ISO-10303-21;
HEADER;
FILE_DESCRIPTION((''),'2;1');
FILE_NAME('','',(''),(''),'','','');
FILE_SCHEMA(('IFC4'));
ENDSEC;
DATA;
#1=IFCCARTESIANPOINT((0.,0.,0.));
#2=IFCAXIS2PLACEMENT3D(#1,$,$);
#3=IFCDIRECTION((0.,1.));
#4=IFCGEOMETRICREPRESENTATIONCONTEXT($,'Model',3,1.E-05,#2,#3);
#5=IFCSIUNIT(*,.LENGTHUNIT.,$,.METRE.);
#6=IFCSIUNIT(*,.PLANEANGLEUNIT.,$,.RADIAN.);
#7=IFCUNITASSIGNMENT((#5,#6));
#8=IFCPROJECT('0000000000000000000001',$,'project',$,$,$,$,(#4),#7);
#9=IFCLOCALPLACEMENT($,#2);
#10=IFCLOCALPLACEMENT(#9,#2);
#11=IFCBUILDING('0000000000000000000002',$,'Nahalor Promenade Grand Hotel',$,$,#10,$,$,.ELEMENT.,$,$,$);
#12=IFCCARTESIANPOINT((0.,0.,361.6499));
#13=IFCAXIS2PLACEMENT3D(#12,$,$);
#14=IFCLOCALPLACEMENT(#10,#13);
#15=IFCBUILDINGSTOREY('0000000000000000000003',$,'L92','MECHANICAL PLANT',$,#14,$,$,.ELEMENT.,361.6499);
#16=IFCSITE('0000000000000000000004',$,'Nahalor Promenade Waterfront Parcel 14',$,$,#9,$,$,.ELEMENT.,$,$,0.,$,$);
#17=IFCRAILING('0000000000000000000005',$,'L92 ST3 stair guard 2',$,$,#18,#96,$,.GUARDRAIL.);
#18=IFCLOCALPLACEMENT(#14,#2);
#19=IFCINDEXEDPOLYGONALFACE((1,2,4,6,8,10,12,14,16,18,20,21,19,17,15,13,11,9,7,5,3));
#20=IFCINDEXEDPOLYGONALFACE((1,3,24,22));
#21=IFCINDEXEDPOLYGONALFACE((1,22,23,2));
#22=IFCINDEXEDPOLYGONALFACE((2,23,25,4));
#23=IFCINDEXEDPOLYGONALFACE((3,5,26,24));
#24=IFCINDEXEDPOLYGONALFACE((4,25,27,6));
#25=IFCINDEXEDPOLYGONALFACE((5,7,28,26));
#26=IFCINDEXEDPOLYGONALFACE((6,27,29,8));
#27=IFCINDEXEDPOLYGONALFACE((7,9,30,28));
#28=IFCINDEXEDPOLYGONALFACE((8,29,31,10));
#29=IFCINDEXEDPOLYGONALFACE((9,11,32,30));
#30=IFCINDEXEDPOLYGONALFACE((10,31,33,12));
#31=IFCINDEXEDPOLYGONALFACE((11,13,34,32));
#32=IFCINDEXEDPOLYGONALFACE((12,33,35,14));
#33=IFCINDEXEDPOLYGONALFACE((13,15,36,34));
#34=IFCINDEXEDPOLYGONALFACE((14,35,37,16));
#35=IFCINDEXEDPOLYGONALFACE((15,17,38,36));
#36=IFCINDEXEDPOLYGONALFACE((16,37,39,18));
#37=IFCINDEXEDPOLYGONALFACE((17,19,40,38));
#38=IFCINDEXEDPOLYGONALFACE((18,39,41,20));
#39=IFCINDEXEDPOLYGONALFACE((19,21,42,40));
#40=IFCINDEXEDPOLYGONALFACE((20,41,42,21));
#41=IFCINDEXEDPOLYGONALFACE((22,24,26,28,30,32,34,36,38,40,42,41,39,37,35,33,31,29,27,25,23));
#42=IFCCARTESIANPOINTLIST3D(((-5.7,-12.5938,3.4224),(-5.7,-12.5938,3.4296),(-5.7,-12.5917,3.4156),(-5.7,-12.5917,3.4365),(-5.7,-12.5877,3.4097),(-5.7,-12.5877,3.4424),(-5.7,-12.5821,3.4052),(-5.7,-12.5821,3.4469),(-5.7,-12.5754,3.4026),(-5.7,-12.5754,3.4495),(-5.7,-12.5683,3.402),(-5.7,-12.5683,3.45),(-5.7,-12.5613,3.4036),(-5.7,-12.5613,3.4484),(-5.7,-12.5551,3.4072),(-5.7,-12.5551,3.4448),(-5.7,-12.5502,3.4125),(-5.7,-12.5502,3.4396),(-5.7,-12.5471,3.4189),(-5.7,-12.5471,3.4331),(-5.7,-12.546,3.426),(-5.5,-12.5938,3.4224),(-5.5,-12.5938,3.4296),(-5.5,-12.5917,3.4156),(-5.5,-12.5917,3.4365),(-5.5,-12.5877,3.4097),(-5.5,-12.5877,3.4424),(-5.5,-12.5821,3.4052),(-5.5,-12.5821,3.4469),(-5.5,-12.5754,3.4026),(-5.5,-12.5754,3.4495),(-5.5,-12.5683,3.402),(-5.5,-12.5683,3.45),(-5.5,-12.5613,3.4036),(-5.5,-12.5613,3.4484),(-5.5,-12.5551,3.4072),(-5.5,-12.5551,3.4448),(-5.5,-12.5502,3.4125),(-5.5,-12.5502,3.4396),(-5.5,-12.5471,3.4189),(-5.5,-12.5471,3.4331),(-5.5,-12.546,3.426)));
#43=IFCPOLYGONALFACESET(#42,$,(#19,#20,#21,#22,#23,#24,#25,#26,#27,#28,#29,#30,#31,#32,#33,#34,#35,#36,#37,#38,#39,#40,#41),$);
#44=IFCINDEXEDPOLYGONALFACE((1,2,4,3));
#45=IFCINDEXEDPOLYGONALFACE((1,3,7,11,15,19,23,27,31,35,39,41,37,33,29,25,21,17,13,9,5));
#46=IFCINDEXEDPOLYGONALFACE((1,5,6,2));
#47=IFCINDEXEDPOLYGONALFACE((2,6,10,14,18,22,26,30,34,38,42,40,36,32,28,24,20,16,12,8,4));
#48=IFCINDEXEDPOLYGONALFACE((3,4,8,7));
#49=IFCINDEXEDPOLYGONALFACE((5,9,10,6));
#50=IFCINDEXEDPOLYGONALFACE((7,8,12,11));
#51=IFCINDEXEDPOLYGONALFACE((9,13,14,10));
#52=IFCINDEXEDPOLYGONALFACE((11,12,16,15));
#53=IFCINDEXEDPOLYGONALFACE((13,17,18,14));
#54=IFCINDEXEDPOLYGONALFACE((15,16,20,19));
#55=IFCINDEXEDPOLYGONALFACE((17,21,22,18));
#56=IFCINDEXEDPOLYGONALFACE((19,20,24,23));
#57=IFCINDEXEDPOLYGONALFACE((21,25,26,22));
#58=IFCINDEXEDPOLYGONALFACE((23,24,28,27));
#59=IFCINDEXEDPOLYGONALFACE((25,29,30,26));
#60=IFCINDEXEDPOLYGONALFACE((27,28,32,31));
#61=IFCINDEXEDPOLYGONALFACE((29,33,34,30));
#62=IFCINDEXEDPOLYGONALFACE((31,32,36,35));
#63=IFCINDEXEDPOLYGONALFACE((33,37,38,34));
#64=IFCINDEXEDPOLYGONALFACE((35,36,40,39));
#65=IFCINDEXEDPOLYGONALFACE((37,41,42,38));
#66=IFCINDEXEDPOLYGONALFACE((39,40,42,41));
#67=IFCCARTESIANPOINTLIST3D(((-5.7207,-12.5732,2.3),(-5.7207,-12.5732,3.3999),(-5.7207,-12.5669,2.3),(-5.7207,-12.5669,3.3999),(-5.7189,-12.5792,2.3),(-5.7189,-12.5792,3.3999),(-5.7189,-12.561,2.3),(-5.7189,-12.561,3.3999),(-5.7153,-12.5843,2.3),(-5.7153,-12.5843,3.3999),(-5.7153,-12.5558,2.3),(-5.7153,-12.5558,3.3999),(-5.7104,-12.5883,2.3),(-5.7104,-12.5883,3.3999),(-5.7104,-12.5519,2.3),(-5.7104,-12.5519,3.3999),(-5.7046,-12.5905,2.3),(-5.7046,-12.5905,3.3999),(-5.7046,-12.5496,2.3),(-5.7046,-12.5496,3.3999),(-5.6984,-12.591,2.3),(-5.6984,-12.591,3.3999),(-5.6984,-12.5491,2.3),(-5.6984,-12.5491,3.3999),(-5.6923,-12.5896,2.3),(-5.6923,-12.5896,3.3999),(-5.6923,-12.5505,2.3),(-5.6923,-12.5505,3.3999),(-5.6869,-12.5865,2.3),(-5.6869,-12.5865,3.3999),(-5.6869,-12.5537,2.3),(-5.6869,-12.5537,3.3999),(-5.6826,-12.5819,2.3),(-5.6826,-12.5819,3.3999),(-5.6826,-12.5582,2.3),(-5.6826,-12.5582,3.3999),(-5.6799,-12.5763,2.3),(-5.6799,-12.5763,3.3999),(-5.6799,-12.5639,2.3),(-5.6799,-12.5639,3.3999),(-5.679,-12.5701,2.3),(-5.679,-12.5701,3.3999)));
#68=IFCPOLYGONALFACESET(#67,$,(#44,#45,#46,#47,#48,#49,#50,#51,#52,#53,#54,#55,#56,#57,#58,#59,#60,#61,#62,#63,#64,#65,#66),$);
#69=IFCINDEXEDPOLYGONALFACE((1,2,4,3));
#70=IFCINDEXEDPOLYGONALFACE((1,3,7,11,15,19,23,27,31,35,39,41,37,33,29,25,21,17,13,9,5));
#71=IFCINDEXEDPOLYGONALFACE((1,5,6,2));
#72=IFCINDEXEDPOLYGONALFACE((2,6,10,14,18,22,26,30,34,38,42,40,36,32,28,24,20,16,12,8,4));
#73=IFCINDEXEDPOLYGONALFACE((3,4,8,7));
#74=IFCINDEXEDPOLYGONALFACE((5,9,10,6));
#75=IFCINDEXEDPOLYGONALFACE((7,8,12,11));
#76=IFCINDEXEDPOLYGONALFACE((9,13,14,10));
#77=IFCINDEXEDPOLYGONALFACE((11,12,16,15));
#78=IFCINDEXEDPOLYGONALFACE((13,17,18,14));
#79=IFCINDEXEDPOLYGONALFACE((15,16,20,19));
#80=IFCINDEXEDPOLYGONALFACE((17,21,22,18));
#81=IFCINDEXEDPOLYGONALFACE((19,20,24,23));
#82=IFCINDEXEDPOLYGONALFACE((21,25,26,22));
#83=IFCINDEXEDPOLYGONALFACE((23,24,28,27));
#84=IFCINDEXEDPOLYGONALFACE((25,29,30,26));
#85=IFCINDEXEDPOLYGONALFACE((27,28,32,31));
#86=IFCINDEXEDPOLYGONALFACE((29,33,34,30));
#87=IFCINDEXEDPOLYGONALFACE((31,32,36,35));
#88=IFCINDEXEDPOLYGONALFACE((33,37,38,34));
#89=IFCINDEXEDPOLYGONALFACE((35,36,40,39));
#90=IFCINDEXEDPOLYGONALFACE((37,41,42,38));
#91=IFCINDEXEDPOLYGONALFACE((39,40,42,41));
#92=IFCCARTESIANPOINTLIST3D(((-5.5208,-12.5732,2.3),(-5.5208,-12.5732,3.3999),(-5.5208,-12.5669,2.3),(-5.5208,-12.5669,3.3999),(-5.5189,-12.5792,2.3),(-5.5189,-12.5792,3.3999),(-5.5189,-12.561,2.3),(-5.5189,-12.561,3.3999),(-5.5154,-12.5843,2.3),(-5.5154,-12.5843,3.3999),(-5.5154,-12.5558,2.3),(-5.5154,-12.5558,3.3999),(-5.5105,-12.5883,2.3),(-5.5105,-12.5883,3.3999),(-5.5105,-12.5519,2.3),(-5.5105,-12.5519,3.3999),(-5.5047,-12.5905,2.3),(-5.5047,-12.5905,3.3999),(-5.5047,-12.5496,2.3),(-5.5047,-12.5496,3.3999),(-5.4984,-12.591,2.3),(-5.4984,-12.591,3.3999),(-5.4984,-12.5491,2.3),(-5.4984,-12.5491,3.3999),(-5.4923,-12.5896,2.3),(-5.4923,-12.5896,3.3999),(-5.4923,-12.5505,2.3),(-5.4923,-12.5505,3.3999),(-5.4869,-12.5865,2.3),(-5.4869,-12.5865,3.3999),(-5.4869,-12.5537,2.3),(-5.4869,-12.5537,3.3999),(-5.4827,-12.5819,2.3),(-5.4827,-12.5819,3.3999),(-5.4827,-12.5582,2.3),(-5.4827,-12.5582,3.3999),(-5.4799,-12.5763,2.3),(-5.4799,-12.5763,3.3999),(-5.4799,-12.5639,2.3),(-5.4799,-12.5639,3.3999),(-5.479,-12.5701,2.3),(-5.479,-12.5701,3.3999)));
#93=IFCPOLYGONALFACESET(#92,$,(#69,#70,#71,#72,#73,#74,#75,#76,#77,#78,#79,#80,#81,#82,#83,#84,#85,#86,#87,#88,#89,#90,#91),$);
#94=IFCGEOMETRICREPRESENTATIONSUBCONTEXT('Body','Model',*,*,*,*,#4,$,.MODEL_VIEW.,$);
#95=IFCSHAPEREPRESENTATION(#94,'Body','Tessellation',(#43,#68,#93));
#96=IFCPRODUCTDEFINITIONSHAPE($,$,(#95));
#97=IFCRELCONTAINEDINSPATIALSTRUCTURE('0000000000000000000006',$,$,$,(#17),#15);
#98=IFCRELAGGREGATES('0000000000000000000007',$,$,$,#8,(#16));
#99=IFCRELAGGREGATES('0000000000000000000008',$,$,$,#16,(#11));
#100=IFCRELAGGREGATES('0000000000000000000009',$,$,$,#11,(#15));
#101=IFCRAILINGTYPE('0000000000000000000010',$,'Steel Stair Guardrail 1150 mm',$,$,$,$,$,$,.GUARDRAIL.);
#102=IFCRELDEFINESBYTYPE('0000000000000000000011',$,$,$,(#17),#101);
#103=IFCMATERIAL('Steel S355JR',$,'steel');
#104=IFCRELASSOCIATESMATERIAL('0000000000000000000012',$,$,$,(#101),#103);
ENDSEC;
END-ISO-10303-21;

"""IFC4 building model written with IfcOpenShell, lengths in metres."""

from ifc_helpers import new_model, si_unit, direction, frame, origin, origin_2d, place, context, subcontext, project, spatial, circle, extrude, material, type_object, element, save


model = new_model("IFC4")

# Units and contexts
model_context = context("Model", 3, precision=1e-05, world=origin(), true_north=direction((0.0, 1.0)))
body_context = subcontext(model_context, "Body", "Model", "MODEL_VIEW")
ifc_project = project(units=[si_unit("LENGTHUNIT", "METRE"), si_unit("PLANEANGLEUNIT", "RADIAN")], contexts=[model_context])

# Site, building, storey
site_placement = place(None, origin())
site = spatial("IfcSite", under=ifc_project, at=site_placement, Name="Nahalor Promenade Waterfront Parcel 14", CompositionType="ELEMENT", RefElevation=0.0)
building_placement = place(site_placement, origin())
building = spatial("IfcBuilding", under=site, at=building_placement, Name="Nahalor Promenade Grand Hotel", CompositionType="ELEMENT")
storey_placement = place(building_placement, frame((0.0, 0.0, 361.6499)))
storey = spatial("IfcBuildingStorey", under=building, at=storey_placement, Name="L92", Description="MECHANICAL PLANT", CompositionType="ELEMENT", Elevation=361.6499)

# Shared definitions
ifc_material_1 = material(Name="Steel S355JR", Category="steel")

# Railing
railing_type_1 = type_object("IfcRailingType", Name="Steel Stair Guardrail 1150 mm", PredefinedType="GUARDRAIL", material=ifc_material_1)
railing_1_placement = place(storey_placement, frame((-5.7, -12.5701, 2.3)))
element("IfcRailing", 1, at=railing_1_placement, inside=storey, type_object=railing_type_1, Name="L92 ST3 stair guard 2", PredefinedType="GUARDRAIL", context=body_context, shape_type="SweptSolid", body=[
    extrude(circle(Radius=0.024, at=origin_2d()), frame((0.0, 0.0, 1.126), z_axis=(1.0, 0.0, 0.0), x_axis=(0.0, 1.0, 0.0)), (0.0, 0.0, 1.0), 0.2),
    extrude(circle(Radius=0.021, at=origin_2d()), origin(), (0.0, 0.0, 1.0), 1.0999),
    extrude(circle(Radius=0.021, at=origin_2d()), frame((0.2, 0.0, 0.0)), (0.0, 0.0, 1.0), 1.0999),
])

save(model, "model.ifc")
